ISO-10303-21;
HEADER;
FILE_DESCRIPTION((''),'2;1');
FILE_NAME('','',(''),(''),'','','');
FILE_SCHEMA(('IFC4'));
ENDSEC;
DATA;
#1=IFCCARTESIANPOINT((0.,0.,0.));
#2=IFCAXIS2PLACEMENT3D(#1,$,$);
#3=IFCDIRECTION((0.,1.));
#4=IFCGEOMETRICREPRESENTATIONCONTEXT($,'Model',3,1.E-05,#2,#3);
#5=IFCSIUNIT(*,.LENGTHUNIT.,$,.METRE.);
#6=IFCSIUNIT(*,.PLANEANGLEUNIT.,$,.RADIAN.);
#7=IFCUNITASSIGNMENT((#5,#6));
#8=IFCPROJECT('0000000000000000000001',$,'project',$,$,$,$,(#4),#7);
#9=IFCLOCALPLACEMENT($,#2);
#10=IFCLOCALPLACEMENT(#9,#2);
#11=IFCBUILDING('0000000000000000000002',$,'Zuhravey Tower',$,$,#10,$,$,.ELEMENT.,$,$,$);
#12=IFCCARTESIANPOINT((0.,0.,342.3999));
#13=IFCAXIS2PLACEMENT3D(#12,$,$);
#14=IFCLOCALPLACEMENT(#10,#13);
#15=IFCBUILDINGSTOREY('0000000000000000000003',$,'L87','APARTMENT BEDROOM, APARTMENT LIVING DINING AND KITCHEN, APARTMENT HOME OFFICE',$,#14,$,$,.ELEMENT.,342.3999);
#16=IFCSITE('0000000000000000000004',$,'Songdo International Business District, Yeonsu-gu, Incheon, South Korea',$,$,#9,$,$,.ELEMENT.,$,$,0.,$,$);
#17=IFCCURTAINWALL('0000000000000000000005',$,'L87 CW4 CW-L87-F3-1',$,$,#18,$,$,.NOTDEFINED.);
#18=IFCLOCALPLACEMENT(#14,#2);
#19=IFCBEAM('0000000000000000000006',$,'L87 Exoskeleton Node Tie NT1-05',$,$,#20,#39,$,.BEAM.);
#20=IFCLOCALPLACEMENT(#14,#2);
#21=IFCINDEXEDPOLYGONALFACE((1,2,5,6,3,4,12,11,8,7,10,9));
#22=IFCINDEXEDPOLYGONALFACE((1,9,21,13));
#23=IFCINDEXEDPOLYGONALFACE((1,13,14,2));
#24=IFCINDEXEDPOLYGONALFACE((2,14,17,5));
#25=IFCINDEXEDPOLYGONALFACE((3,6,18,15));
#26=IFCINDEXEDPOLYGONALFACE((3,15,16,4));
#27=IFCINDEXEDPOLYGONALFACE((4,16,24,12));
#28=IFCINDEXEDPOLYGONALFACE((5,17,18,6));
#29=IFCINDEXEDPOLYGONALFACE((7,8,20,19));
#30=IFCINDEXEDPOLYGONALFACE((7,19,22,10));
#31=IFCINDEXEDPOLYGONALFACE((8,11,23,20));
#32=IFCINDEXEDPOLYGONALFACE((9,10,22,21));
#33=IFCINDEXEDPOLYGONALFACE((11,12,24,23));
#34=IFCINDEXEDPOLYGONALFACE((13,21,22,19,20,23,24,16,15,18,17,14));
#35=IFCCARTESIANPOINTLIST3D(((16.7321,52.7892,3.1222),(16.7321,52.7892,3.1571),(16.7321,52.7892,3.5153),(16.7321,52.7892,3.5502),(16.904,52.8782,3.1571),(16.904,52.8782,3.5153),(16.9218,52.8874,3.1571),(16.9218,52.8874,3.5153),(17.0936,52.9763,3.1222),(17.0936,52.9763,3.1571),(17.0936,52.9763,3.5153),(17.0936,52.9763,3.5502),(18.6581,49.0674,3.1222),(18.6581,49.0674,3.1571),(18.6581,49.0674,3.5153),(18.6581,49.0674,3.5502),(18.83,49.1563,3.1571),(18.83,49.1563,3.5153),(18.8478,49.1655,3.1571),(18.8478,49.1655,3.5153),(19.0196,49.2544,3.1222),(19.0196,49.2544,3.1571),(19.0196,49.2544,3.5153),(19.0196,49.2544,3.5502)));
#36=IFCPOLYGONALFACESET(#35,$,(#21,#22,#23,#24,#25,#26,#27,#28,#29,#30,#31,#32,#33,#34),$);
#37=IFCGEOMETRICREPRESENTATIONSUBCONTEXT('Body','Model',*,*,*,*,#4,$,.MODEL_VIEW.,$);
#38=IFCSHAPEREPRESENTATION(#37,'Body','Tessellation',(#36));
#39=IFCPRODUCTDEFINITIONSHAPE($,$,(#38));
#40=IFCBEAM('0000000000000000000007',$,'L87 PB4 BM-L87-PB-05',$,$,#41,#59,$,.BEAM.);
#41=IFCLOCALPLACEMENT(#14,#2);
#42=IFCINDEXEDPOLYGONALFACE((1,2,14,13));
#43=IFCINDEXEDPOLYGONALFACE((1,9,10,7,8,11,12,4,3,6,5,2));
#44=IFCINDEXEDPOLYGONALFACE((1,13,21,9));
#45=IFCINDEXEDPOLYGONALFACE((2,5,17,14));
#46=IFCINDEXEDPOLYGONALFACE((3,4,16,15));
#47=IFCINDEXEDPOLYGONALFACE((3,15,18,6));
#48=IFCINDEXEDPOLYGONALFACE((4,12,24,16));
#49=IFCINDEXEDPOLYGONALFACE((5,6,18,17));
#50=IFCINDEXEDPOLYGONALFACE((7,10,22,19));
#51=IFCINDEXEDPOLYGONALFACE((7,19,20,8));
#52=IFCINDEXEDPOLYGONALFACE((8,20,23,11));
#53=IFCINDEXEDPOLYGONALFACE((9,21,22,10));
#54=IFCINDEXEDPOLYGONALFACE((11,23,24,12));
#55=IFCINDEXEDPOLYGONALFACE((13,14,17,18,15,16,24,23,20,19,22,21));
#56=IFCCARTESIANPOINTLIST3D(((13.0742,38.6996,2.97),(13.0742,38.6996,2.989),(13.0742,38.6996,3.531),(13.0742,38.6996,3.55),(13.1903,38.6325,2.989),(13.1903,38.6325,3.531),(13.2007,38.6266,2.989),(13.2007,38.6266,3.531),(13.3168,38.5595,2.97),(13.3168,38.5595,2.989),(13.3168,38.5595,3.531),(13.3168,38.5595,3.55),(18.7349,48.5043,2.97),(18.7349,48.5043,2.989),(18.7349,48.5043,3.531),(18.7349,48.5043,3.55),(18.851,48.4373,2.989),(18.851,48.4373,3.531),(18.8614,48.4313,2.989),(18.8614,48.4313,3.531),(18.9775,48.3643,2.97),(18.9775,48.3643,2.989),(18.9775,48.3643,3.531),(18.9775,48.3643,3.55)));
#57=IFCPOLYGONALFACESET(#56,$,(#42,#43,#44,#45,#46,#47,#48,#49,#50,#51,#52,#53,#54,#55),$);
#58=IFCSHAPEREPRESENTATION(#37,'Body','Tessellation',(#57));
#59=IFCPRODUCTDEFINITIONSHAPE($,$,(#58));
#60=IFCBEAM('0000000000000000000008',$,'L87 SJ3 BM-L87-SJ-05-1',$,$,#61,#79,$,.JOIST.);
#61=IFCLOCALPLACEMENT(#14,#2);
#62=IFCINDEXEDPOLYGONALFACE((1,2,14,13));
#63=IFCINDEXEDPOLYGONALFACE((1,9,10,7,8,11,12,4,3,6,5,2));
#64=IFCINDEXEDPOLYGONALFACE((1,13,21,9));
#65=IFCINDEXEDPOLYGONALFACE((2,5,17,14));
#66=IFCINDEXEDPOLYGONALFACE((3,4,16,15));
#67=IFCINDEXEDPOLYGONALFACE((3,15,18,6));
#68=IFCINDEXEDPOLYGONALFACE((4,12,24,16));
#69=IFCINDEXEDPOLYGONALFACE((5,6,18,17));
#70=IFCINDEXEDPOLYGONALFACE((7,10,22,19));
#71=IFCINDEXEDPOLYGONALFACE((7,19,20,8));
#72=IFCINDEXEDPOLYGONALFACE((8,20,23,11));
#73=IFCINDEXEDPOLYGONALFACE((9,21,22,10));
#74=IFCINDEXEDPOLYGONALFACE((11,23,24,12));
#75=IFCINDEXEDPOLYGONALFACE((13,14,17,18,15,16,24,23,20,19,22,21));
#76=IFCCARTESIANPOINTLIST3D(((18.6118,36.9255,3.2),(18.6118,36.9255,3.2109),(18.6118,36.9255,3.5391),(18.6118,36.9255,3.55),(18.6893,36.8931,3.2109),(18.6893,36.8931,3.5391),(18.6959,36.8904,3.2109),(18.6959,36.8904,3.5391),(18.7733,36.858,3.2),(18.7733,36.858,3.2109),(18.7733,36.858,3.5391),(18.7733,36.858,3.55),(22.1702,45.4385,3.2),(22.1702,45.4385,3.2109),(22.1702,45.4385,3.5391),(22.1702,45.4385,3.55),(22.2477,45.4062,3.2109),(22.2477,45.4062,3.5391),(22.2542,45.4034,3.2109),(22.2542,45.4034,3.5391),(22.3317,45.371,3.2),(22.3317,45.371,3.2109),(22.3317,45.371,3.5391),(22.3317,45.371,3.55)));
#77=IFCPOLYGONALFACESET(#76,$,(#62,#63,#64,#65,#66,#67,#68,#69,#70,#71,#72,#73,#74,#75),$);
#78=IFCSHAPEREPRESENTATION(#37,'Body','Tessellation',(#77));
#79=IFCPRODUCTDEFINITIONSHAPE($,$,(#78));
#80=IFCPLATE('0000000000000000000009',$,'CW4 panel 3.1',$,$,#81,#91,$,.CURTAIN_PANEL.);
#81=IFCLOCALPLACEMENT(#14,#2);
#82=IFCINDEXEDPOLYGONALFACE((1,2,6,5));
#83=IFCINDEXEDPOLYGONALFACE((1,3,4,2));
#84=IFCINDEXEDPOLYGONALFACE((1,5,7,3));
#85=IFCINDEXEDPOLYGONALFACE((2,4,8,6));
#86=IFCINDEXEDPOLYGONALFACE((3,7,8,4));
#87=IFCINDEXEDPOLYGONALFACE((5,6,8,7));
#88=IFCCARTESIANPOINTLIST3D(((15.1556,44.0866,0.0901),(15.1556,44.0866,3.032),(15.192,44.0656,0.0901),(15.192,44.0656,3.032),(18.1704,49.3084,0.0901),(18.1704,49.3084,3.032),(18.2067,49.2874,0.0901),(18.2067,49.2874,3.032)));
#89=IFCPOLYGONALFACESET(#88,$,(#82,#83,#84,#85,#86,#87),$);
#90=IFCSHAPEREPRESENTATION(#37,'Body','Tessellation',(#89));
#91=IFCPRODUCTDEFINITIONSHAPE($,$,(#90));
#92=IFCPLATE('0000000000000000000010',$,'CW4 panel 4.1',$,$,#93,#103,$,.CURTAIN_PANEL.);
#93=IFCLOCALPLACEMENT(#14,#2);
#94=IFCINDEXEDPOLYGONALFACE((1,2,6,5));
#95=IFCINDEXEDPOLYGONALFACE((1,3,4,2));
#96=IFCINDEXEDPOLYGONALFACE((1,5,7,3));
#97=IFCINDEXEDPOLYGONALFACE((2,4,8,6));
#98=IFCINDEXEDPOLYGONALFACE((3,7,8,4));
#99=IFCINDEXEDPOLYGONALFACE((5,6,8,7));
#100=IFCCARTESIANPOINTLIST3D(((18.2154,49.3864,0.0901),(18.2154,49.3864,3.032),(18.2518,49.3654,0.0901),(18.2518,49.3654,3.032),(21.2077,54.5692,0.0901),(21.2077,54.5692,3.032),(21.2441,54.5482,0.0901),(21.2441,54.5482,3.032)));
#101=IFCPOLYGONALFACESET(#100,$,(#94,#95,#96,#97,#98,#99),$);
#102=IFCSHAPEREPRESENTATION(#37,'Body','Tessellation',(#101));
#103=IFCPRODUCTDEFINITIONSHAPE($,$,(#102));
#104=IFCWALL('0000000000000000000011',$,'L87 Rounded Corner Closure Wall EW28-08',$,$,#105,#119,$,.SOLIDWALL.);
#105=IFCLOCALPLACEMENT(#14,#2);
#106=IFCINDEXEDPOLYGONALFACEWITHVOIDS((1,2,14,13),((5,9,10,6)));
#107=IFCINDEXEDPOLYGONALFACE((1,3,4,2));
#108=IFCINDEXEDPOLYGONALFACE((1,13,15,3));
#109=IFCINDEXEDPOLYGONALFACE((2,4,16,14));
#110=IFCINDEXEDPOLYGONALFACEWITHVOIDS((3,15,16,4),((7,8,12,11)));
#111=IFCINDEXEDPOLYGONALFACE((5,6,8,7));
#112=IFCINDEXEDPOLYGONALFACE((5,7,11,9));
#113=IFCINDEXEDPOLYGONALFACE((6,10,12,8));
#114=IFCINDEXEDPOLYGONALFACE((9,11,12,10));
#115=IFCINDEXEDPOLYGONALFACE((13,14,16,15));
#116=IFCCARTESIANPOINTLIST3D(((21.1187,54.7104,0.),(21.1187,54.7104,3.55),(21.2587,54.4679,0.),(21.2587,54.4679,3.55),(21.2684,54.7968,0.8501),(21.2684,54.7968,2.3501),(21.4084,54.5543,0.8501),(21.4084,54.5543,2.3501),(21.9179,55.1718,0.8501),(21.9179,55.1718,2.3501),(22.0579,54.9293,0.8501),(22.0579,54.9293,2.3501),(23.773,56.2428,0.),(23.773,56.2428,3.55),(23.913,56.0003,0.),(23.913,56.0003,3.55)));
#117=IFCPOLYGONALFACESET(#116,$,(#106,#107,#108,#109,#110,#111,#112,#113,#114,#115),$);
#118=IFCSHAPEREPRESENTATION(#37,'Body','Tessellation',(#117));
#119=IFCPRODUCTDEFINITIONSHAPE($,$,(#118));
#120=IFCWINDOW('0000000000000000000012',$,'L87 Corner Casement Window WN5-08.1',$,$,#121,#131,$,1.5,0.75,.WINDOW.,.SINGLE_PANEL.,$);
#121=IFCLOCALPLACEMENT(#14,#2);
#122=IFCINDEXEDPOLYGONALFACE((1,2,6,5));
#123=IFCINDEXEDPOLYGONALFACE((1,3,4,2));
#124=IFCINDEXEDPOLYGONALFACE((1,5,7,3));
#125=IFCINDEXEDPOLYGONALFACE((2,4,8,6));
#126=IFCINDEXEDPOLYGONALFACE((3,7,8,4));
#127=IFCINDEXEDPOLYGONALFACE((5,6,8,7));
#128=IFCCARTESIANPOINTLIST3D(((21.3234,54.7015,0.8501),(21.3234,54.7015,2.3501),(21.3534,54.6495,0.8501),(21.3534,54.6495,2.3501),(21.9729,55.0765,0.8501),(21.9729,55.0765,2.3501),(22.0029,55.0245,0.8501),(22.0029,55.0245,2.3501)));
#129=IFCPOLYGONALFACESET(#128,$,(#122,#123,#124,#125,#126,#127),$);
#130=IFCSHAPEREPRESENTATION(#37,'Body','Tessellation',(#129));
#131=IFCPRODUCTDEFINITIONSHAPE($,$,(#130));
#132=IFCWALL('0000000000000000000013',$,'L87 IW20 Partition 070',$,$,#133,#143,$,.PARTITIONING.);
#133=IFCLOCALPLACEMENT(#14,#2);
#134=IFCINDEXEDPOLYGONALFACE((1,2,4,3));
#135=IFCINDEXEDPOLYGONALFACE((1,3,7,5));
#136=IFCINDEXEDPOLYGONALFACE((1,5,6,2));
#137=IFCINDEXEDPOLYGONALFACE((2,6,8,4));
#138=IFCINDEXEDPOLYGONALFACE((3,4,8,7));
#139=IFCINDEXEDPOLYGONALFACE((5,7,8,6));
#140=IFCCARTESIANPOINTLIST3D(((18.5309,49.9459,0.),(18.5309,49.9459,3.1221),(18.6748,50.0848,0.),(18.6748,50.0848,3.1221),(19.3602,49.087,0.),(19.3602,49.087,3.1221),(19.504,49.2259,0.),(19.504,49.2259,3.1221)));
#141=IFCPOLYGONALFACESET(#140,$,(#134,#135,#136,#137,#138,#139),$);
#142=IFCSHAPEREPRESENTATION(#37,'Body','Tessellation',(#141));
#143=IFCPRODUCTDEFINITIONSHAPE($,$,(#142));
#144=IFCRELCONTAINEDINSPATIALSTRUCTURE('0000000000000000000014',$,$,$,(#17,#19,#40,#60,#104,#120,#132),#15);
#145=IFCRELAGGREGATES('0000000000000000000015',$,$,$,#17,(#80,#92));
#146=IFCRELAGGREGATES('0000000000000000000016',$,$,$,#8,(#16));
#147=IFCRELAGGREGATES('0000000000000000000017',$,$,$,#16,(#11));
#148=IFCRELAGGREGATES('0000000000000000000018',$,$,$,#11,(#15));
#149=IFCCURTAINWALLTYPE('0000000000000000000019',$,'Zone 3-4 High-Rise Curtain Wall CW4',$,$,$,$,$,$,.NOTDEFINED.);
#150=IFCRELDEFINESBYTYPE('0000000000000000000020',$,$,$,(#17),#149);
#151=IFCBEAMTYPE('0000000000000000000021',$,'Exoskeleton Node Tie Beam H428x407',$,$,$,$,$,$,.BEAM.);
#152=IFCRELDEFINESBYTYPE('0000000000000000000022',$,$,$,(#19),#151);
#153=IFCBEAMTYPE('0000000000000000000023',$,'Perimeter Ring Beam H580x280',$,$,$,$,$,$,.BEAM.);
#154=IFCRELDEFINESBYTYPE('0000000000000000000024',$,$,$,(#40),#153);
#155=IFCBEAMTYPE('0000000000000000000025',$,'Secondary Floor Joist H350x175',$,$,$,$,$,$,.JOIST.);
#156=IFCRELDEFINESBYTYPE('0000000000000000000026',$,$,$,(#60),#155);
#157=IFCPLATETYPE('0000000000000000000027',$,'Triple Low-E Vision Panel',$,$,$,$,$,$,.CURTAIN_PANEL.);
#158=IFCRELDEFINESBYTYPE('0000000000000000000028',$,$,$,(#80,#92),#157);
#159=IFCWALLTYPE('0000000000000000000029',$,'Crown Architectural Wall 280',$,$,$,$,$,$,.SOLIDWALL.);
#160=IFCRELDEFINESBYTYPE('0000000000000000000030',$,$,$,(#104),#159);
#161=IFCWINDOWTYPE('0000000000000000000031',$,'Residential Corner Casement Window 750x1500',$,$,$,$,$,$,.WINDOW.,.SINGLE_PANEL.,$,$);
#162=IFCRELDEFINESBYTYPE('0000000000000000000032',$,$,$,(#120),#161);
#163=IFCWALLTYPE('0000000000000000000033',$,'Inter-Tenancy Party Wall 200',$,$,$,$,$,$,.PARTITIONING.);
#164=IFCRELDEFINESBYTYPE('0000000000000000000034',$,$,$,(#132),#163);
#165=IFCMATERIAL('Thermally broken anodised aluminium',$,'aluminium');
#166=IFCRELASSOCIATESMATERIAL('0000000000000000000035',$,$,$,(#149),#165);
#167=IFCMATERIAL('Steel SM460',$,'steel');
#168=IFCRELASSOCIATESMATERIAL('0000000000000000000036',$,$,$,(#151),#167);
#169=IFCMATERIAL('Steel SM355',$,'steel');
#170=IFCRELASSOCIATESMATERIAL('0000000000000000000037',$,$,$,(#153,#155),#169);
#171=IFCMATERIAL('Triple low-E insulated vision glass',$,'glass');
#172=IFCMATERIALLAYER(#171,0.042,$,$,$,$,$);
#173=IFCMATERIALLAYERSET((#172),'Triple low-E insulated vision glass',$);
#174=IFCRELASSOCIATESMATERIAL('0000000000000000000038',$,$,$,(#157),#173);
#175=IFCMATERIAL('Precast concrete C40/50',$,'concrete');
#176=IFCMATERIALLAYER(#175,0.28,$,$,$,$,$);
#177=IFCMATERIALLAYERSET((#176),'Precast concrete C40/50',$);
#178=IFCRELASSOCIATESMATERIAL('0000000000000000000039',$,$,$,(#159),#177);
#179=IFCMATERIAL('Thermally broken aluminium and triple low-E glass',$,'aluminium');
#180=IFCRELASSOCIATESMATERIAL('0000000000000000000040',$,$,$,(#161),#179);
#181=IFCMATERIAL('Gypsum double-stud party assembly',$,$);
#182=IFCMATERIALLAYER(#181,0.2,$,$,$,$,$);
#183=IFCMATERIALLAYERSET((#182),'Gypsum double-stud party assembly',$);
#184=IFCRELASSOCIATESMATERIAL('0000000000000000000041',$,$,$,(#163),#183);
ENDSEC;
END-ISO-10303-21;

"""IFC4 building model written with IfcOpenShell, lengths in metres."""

from ifc_helpers import new_model, si_unit, direction, frame, frame_2d, origin, origin_2d, place, context, subcontext, project, spatial, rectangle, i_section, extrude, material, layer, layer_set, material_profile, profile_set, type_object, element, fill, aggregate, save


model = new_model("IFC4")

# Units and contexts
model_context = context("Model", 3, precision=1e-05, world=origin(), true_north=direction((0.0, 1.0)))
body_context = subcontext(model_context, "Body", "Model", "MODEL_VIEW")
ifc_project = project(units=[si_unit("LENGTHUNIT", "METRE"), si_unit("PLANEANGLEUNIT", "RADIAN")], contexts=[model_context])

# Site, building, storey
site_placement = place(None, origin())
site = spatial("IfcSite", under=ifc_project, at=site_placement, Name="Songdo International Business District, Yeonsu-gu, Incheon, South Korea", CompositionType="ELEMENT", RefElevation=0.0)
building_placement = place(site_placement, origin())
building = spatial("IfcBuilding", under=site, at=building_placement, Name="Zuhravey Tower", CompositionType="ELEMENT")
storey_placement = place(building_placement, frame((0.0, 0.0, 342.3999)))
storey = spatial("IfcBuildingStorey", under=building, at=storey_placement, Name="L87", Description="APARTMENT BEDROOM, APARTMENT LIVING DINING AND KITCHEN, APARTMENT HOME OFFICE", CompositionType="ELEMENT", Elevation=342.3999)

# Curtain wall
ifc_material_1 = material(Name="Thermally broken anodised aluminium", Category="aluminium")
curtain_wall_type = type_object("IfcCurtainWallType", Name="Zone 3-4 High-Rise Curtain Wall CW4", PredefinedType="NOTDEFINED", material=ifc_material_1)
curtain_wall_1_placement = place(storey_placement, origin())
curtain_wall_1 = element("IfcCurtainWall", 1, at=curtain_wall_1_placement, inside=storey, type_object=curtain_wall_type, Name="L87 CW4 CW-L87-F3-1", PredefinedType="NOTDEFINED")

# Beams
ifc_material_2 = material(Name="Steel SM460", Category="steel")
ifc_material_profile_1 = material_profile(ifc_material_2, i_section(OverallWidth=0.407, OverallDepth=0.428, WebThickness=0.02, FlangeThickness=0.0349, at=origin_2d()), Name="H-428x407x20x35")
ifc_profile_set_1 = profile_set([ifc_material_profile_1], Name="Steel SM460")
beam_type_1 = type_object("IfcBeamType", Name="Exoskeleton Node Tie Beam H428x407", PredefinedType="BEAM", material=ifc_profile_set_1)
beam_1_placement = place(storey_placement, frame((18.8389, 49.1609, 3.3362), z_axis=(-0.459591, 0.888131, 0.0), x_axis=(-0.888131, -0.459591, 0.0)))
element("IfcBeam", 2, at=beam_1_placement, inside=storey, type_object=beam_type_1, Name="L87 Exoskeleton Node Tie NT1-05", PredefinedType="BEAM", context=body_context, shape_type="SweptSolid", body=[
    extrude(i_section(OverallWidth=0.407, OverallDepth=0.428, WebThickness=0.02, FlangeThickness=0.0349, at=origin_2d()), origin(), (0.0, 0.0, 1.0), 4.1907),
])
ifc_material_3 = material(Name="Steel SM355", Category="steel")
ifc_material_profile_2 = material_profile(ifc_material_3, i_section(OverallWidth=0.28, OverallDepth=0.5801, WebThickness=0.012, FlangeThickness=0.019, at=origin_2d()), Name="H-580x280x12x19")
ifc_profile_set_2 = profile_set([ifc_material_profile_2], Name="Steel SM355")
beam_type_2 = type_object("IfcBeamType", Name="Perimeter Ring Beam H580x280", PredefinedType="BEAM", material=ifc_profile_set_2)
beam_2_placement = place(storey_placement, frame((18.8562, 48.4343, 3.26), z_axis=(-0.499994, -0.866029, 0.0), x_axis=(0.866029, -0.499994, 0.0)))
element("IfcBeam", 3, at=beam_2_placement, inside=storey, type_object=beam_type_2, Name="L87 PB4 BM-L87-PB-05", PredefinedType="BEAM", context=body_context, shape_type="SweptSolid", body=[
    extrude(i_section(OverallWidth=0.28, OverallDepth=0.5801, WebThickness=0.012, FlangeThickness=0.019, at=origin_2d()), origin(), (0.0, 0.0, 1.0), 11.3215),
])
ifc_material_profile_3 = material_profile(ifc_material_3, i_section(OverallWidth=0.175, OverallDepth=0.3501, WebThickness=0.0071, FlangeThickness=0.011, at=origin_2d()), Name="H-350x175x7x11")
ifc_profile_set_3 = profile_set([ifc_material_profile_3], Name="Steel SM355")
beam_type_3 = type_object("IfcBeamType", Name="Secondary Floor Joist H350x175", PredefinedType="JOIST", material=ifc_profile_set_3)
beam_3_placement = place(storey_placement, frame((22.251, 45.4048, 3.375), z_axis=(-0.385658, -0.922642, 0.0), x_axis=(0.922642, -0.385658, 0.0)))
element("IfcBeam", 4, at=beam_3_placement, inside=storey, type_object=beam_type_3, Name="L87 SJ3 BM-L87-SJ-05-1", PredefinedType="JOIST", context=body_context, shape_type="SweptSolid", body=[
    extrude(i_section(OverallWidth=0.175, OverallDepth=0.3501, WebThickness=0.0071, FlangeThickness=0.011, at=origin_2d()), origin(), (0.0, 0.0, 1.0), 9.2268),
])

# Plates
ifc_material_4 = material(Name="Triple low-E insulated vision glass", Category="glass")
ifc_layer_1 = layer(ifc_material_4, 0.042)
ifc_layer_set_1 = layer_set([ifc_layer_1], Name="Triple low-E insulated vision glass")
plate_type = type_object("IfcPlateType", Name="Triple Low-E Vision Panel", PredefinedType="CURTAIN_PANEL", material=ifc_layer_set_1)
plate_1_placement = place(storey_placement, frame((16.6812, 46.687, 0.0901), z_axis=(0.0, 0.0, 1.0), x_axis=(0.5, 0.866026, 0.0)))
plate_1 = element("IfcPlate", 5, at=plate_1_placement, type_object=plate_type, Name="CW4 panel 3.1", PredefinedType="CURTAIN_PANEL", context=body_context, shape_type="SweptSolid", body=[
    extrude(rectangle(XDim=6.0295, YDim=0.042, at=origin_2d()), origin(), (0.0, 0.0, 1.0), 2.9419),
])
plate_2_placement = place(storey_placement, frame((19.7297, 51.9673, 0.0901), z_axis=(0.0, 0.0, 1.0), x_axis=(0.5, 0.866026, 0.0)))
plate_2 = element("IfcPlate", 6, at=plate_2_placement, type_object=plate_type, Name="CW4 panel 4.1", PredefinedType="CURTAIN_PANEL", context=body_context, shape_type="SweptSolid", body=[
    extrude(rectangle(XDim=5.9846, YDim=0.042, at=origin_2d()), origin(), (0.0, 0.0, 1.0), 2.9419),
])
aggregate(curtain_wall_1, [plate_1, plate_2])

# Wall, opening, window
ifc_material_5 = material(Name="Precast concrete C40/50", Category="concrete")
ifc_layer_2 = layer(ifc_material_5, 0.28)
ifc_layer_set_2 = layer_set([ifc_layer_2], Name="Precast concrete C40/50")
wall_type_1 = type_object("IfcWallType", Name="Crown Architectural Wall 280", PredefinedType="SOLIDWALL", material=ifc_layer_set_2)
wall_1_placement = place(storey_placement, frame((21.1887, 54.5891, 0.0), z_axis=(0.0, 0.0, 1.0), x_axis=(0.866024, 0.500003, 0.0)))
wall_1 = element("IfcWall", 7, at=wall_1_placement, inside=storey, type_object=wall_type_1, Name="L87 Rounded Corner Closure Wall EW28-08", PredefinedType="SOLIDWALL", context=body_context, shape_type="SweptSolid", body=[
    extrude(rectangle(XDim=3.0649, YDim=0.28, at=frame_2d((1.5325, 0.0))), origin(), (0.0, 0.0, 1.0), 3.55),
])
opening_1_placement = place(wall_1_placement, frame((0.1729, 0.0, 0.8501)))
opening_1 = element("IfcOpeningElement", 8, at=opening_1_placement, cuts=wall_1, PredefinedType="OPENING", context=body_context, shape_type="SweptSolid", body=[
    extrude(rectangle(XDim=0.75, YDim=1.5, at=frame_2d((0.375, 0.75))), frame((0.0, 0.1521, 0.0), z_axis=(0.0, -1.0, 0.0), x_axis=(1.0, 0.0, 0.0)), (0.0, 0.0, 1.0), 0.304),
])
ifc_material_6 = material(Name="Thermally broken aluminium and triple low-E glass", Category="aluminium")
window_type = type_object("IfcWindowType", Name="Residential Corner Casement Window 750x1500", PartitioningType="SINGLE_PANEL", PredefinedType="WINDOW", material=ifc_material_6)
window_placement = place(opening_1_placement, origin())
window = element("IfcWindow", 9, at=window_placement, inside=storey, type_object=window_type, Name="L87 Corner Casement Window WN5-08.1", OverallHeight=1.5, OverallWidth=0.75, PartitioningType="SINGLE_PANEL", PredefinedType="WINDOW", context=body_context, shape_type="SweptSolid", body=[
    extrude(rectangle(XDim=0.75, YDim=1.5, at=frame_2d((0.375, 0.75))), frame((0.0, 0.03, 0.0), z_axis=(0.0, -1.0, 0.0), x_axis=(1.0, 0.0, 0.0)), (0.0, 0.0, 1.0), 0.0601),
])
fill(opening_1, window)

# Wall
ifc_material_7 = material(Name="Gypsum double-stud party assembly")
ifc_layer_3 = layer(ifc_material_7, 0.2)
ifc_layer_set_3 = layer_set([ifc_layer_3], Name="Gypsum double-stud party assembly")
wall_type_2 = type_object("IfcWallType", Name="Inter-Tenancy Party Wall 200", PredefinedType="PARTITIONING", material=ifc_layer_set_3)
wall_2_placement = place(storey_placement, frame((19.4321, 49.1565, 0.0), z_axis=(0.0, 0.0, 1.0), x_axis=(-0.694627, 0.71937, 0.0)))
element("IfcWall", 10, at=wall_2_placement, inside=storey, type_object=wall_type_2, Name="L87 IW20 Partition 070", PredefinedType="PARTITIONING", context=body_context, shape_type="SweptSolid", body=[
    extrude(rectangle(XDim=1.1938, YDim=0.2, at=frame_2d((0.5969, 0.0))), origin(), (0.0, 0.0, 1.0), 3.1221),
])

save(model, "model.ifc")
